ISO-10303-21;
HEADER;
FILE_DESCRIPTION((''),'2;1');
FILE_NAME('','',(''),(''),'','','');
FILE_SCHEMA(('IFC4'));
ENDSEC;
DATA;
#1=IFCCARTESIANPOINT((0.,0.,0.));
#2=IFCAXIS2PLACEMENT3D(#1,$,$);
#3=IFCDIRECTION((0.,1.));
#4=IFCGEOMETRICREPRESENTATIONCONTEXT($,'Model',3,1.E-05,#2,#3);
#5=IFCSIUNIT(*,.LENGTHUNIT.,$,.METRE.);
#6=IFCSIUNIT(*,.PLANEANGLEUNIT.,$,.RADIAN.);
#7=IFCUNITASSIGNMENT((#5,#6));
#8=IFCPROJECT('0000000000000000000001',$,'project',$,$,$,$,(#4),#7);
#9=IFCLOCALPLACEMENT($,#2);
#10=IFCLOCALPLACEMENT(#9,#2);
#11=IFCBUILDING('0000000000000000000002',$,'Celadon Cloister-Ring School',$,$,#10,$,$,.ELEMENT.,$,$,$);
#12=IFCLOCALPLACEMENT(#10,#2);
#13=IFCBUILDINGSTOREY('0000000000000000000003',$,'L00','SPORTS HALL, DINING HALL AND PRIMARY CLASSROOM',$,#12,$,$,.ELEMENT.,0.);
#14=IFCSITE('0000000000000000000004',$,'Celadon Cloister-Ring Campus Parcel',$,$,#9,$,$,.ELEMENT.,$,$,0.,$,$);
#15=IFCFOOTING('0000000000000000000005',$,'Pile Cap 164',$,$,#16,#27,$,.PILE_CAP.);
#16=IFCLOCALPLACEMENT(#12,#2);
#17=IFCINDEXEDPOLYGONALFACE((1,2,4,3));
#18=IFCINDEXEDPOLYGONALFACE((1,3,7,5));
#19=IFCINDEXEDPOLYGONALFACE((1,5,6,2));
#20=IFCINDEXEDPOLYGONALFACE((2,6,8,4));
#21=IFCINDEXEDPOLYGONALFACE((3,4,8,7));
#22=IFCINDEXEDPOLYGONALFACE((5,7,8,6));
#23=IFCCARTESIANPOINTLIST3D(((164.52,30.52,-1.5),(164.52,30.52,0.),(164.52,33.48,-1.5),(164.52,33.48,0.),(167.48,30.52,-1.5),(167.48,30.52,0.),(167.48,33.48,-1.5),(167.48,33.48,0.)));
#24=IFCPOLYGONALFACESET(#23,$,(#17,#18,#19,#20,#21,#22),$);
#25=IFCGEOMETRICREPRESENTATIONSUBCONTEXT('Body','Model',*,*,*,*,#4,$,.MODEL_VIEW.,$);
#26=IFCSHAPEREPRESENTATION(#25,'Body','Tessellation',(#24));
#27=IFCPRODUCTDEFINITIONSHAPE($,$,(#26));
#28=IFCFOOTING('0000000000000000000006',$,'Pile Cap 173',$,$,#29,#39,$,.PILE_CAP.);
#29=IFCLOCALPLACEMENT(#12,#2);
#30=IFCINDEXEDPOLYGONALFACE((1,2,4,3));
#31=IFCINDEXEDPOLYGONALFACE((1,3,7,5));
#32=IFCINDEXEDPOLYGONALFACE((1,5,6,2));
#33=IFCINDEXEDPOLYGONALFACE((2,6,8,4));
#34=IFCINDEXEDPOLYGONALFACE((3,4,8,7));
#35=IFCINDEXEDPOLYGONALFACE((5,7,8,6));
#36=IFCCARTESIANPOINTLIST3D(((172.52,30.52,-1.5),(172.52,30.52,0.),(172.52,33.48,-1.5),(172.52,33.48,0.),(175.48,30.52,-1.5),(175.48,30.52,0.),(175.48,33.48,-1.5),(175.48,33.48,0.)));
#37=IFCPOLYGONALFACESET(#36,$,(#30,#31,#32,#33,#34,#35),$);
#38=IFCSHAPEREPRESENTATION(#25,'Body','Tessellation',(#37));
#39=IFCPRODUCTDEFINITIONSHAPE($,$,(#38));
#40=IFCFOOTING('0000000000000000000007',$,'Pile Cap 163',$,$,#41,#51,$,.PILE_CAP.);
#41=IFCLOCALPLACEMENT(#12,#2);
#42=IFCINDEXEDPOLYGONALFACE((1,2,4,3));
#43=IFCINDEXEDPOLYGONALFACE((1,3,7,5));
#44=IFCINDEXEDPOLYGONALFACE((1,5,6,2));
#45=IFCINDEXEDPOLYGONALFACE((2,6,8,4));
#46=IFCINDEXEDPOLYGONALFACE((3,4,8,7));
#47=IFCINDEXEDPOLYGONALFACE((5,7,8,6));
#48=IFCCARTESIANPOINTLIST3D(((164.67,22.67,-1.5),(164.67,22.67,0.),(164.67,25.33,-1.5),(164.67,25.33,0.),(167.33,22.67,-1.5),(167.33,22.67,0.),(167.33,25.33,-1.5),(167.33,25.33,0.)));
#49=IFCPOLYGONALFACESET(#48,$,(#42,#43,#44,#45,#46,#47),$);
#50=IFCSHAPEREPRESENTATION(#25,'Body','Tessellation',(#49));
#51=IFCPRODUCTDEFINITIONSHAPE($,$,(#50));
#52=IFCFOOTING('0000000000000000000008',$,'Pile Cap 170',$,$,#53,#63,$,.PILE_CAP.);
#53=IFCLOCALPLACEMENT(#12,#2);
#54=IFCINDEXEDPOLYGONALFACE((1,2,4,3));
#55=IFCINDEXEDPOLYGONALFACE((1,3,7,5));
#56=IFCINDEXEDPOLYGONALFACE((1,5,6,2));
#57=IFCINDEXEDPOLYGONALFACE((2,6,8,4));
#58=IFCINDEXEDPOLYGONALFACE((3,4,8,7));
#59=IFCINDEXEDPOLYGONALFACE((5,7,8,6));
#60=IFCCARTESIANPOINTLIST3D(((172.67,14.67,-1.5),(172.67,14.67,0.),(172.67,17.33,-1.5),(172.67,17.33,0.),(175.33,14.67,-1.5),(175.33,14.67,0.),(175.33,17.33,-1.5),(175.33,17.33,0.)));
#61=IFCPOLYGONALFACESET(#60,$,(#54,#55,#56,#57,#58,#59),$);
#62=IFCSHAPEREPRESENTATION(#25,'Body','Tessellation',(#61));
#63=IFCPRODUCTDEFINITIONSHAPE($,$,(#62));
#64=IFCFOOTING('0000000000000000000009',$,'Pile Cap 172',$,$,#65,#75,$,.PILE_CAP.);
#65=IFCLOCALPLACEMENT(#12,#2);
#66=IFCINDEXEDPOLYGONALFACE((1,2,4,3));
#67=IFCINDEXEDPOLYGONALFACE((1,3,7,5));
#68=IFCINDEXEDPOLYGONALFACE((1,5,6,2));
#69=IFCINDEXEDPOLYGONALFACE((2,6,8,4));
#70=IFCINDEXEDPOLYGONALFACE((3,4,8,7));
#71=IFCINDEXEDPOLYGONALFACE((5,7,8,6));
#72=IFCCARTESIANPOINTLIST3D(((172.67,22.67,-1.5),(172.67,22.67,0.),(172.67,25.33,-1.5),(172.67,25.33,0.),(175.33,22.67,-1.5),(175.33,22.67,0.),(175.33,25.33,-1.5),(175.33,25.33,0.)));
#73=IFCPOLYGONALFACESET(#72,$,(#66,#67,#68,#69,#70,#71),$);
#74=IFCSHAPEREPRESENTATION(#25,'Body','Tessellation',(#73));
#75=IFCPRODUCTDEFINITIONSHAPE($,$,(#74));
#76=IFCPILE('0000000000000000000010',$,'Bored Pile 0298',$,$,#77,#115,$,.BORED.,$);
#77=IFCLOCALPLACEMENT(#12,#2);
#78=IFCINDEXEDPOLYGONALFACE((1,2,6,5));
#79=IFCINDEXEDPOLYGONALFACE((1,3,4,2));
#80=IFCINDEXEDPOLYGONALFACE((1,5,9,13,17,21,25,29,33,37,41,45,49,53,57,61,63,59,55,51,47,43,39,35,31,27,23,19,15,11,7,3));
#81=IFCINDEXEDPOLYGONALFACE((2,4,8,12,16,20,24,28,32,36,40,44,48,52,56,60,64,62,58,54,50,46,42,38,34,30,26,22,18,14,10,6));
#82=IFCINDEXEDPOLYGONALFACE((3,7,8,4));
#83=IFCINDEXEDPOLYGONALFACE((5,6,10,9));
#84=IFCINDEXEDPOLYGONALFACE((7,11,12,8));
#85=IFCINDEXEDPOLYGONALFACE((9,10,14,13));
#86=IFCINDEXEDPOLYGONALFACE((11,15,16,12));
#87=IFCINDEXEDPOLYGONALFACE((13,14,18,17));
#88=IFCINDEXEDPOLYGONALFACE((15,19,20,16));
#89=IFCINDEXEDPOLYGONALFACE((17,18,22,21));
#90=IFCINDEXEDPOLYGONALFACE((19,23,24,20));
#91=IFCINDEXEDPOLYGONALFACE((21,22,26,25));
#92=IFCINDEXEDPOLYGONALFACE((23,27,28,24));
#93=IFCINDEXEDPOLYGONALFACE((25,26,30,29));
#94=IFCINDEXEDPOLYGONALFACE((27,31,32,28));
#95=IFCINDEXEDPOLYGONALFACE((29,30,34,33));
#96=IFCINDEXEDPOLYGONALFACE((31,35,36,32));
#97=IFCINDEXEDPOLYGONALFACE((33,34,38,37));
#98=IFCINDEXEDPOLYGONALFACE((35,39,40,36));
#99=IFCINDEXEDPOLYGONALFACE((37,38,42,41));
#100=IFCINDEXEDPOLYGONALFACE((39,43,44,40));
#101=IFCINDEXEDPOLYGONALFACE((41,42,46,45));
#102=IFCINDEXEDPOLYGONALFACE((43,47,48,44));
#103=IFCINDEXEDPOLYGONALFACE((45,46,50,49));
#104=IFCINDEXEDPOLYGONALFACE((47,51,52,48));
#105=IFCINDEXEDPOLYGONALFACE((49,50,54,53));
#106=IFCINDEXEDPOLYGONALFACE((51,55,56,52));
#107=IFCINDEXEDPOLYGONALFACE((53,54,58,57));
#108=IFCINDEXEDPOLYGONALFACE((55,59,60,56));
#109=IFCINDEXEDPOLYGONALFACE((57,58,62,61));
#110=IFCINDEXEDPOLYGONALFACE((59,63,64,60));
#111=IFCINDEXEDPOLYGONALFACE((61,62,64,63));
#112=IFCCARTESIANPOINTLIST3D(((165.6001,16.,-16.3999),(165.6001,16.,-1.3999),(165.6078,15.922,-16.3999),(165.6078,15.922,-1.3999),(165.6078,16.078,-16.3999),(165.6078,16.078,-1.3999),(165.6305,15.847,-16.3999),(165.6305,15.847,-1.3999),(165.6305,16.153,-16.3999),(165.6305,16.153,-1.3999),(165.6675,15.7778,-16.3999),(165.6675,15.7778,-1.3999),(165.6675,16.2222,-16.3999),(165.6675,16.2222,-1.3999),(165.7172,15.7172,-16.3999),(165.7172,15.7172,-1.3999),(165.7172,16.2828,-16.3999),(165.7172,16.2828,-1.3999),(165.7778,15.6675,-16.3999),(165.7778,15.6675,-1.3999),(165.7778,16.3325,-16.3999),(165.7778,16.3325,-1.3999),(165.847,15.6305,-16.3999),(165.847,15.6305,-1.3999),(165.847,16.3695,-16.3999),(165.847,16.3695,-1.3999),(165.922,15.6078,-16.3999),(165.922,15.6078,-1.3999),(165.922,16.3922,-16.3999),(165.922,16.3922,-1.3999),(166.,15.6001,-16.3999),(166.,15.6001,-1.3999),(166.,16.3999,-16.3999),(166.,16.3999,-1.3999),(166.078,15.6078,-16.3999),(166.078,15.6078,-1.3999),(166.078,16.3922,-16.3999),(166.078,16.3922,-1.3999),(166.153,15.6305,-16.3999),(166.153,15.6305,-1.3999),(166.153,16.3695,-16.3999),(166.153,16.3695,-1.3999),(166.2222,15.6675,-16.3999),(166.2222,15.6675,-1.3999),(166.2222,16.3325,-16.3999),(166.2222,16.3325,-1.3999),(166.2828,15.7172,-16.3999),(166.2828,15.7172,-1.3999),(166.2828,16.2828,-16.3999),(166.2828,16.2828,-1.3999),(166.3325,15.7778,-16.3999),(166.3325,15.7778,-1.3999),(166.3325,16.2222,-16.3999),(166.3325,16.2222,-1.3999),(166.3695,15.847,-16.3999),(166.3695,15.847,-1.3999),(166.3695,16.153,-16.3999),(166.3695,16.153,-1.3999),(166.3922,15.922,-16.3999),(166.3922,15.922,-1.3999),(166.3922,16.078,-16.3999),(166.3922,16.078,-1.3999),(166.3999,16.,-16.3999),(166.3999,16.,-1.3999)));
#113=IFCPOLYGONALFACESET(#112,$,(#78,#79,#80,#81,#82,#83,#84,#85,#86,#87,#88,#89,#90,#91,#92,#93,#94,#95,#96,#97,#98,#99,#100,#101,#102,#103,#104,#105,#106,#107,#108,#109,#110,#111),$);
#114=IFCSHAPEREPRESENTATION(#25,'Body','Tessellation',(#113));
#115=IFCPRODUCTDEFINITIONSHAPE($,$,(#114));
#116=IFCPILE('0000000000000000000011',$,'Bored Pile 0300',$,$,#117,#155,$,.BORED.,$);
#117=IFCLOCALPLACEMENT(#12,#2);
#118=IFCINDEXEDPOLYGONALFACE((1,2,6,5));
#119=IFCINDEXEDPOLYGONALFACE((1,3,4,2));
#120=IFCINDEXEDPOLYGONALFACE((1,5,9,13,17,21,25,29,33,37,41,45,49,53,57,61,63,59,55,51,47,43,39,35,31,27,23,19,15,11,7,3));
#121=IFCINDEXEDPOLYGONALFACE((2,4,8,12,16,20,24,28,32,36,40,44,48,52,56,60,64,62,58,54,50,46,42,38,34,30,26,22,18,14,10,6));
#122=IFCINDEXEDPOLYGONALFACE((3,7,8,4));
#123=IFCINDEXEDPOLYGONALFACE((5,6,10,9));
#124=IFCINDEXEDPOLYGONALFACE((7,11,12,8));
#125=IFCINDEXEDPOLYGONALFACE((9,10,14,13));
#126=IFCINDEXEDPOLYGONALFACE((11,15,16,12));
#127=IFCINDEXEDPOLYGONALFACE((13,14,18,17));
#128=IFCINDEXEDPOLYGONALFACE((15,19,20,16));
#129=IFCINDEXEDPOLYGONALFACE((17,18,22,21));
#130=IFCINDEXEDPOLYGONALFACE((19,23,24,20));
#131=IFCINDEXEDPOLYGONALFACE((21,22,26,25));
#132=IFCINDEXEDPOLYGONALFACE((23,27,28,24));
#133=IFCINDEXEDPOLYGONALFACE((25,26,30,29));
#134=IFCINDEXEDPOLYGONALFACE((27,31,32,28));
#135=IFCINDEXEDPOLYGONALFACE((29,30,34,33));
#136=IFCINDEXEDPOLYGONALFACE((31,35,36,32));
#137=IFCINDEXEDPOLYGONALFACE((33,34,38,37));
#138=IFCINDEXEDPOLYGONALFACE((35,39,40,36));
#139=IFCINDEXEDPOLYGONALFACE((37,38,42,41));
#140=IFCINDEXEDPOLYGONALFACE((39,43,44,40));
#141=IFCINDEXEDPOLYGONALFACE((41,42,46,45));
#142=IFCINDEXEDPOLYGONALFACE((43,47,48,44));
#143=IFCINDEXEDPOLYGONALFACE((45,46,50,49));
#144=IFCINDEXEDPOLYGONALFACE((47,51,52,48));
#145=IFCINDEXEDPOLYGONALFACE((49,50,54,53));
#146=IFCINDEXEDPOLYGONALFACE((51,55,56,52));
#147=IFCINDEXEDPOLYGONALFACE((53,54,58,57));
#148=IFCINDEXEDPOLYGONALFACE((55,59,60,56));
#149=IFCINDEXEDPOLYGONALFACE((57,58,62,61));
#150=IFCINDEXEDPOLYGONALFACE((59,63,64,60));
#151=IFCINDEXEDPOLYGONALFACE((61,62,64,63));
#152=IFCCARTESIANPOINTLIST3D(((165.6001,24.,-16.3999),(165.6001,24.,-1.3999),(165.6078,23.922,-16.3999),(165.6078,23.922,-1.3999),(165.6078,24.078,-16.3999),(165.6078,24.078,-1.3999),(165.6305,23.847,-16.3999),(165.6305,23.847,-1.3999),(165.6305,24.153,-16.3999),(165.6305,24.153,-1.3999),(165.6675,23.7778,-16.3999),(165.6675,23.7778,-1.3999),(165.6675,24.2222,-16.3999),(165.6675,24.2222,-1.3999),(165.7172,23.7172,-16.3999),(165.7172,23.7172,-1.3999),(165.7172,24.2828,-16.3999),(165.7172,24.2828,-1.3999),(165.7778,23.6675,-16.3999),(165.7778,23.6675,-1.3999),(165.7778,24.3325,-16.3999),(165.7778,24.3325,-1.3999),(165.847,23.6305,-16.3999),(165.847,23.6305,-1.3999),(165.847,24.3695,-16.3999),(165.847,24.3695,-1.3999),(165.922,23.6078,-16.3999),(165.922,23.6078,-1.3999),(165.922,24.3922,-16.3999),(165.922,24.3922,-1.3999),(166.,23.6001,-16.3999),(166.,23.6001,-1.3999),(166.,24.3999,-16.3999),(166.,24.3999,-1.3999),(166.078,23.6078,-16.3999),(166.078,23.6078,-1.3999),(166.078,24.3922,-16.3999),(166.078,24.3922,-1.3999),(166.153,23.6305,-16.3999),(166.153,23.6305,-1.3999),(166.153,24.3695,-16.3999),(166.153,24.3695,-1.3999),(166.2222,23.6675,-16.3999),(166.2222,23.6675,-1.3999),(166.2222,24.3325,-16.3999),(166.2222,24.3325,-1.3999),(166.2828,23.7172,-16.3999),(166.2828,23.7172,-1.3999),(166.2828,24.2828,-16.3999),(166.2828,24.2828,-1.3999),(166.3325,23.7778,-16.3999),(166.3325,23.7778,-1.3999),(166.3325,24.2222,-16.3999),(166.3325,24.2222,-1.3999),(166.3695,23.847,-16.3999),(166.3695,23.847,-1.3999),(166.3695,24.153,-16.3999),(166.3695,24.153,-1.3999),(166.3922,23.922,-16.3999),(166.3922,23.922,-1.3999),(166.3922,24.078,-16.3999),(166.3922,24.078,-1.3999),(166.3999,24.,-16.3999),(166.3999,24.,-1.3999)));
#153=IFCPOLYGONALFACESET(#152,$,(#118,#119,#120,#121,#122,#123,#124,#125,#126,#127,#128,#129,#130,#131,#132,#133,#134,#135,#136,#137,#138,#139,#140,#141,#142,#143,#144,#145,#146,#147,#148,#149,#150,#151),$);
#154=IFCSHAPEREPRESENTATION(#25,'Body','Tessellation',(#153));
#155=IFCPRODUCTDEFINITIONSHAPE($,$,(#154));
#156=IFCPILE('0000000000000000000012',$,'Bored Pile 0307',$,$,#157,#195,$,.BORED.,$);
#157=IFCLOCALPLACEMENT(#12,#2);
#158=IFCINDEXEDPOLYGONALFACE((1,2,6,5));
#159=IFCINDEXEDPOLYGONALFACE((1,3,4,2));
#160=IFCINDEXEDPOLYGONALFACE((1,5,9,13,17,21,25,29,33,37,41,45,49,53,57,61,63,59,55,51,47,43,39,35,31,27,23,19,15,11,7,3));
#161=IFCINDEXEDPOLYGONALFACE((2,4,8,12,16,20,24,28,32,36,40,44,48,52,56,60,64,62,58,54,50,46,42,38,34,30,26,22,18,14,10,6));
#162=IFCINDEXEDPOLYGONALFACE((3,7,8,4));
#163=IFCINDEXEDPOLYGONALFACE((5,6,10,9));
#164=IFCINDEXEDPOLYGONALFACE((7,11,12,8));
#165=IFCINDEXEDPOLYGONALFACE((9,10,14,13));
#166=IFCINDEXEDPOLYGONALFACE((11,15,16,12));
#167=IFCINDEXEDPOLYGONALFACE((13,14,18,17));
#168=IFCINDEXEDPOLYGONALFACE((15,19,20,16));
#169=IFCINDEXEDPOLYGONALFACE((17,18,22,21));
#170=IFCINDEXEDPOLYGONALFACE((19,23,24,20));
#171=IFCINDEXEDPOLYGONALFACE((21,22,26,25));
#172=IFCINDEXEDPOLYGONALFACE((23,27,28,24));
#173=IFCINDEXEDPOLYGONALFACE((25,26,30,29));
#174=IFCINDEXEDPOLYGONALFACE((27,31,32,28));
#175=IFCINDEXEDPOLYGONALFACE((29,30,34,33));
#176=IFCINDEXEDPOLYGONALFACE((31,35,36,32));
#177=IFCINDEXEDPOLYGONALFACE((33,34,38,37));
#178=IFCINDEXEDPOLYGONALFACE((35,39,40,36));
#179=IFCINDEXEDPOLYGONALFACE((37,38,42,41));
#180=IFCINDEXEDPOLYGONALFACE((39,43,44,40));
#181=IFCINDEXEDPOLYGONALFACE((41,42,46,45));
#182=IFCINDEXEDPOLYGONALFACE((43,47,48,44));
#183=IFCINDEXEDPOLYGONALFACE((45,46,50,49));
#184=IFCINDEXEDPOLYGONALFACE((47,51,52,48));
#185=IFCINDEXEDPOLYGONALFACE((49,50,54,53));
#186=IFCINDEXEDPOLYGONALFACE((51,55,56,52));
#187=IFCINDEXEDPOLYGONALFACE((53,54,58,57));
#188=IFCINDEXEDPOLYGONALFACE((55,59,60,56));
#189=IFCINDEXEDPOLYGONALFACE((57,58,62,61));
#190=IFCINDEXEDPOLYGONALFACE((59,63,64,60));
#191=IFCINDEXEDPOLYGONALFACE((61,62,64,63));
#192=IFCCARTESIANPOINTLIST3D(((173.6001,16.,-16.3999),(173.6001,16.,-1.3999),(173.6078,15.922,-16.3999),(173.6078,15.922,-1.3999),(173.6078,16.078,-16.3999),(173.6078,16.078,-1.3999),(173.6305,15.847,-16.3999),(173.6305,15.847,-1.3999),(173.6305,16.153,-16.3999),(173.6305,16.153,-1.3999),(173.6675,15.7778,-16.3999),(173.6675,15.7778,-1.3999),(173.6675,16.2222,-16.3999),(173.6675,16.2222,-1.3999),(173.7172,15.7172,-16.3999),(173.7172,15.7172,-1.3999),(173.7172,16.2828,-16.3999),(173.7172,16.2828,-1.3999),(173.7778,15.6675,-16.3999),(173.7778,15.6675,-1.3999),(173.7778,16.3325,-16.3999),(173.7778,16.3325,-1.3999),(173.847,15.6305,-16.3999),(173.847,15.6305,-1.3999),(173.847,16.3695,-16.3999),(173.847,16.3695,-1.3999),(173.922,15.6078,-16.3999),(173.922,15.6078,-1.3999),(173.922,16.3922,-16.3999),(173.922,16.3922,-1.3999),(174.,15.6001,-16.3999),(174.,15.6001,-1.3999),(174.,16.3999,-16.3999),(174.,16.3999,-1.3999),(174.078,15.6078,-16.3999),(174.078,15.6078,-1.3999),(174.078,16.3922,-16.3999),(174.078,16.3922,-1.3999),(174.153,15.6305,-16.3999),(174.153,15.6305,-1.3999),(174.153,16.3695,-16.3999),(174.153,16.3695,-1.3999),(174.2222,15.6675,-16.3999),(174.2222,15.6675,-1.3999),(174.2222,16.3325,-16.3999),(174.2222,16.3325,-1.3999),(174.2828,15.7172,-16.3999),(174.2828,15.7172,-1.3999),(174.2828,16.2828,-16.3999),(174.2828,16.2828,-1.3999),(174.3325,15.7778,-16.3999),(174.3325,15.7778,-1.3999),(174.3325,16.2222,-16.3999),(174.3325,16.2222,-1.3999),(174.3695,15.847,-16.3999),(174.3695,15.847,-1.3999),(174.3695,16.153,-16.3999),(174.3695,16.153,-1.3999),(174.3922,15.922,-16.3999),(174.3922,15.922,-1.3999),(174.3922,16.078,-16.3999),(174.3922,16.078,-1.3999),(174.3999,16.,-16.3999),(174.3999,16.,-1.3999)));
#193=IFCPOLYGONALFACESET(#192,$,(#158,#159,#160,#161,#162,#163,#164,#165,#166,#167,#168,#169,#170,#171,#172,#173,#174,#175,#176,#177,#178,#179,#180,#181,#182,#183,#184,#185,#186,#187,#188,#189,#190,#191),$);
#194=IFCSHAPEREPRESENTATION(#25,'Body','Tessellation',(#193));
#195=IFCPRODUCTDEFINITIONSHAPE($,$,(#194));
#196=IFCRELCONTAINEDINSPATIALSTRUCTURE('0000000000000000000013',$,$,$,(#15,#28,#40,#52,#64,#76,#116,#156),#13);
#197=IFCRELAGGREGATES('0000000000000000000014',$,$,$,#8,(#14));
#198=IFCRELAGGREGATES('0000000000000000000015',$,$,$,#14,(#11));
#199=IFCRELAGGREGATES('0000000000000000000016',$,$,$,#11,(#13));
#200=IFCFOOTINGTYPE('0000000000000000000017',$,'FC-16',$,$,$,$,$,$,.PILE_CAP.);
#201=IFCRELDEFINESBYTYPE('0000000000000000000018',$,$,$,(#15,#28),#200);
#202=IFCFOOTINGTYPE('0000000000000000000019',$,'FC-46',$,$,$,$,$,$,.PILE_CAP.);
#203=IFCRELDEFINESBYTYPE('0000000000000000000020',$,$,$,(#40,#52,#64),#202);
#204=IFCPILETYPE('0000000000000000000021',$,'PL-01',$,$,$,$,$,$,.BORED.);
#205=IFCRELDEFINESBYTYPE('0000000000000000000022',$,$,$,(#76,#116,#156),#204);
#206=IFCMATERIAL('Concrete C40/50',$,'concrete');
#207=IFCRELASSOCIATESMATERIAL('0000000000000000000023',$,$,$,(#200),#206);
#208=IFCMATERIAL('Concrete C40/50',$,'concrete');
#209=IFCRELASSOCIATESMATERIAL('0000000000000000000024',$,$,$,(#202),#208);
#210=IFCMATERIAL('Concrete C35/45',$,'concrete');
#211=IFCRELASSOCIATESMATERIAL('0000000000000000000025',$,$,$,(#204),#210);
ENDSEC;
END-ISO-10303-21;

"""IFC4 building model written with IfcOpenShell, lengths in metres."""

from ifc_helpers import new_model, si_unit, direction, frame, origin, origin_2d, place, context, subcontext, project, spatial, rectangle, circle, extrude, material, material_profile, profile_set, type_object, element, save


model = new_model("IFC4")

# Units and contexts
model_context = context("Model", 3, precision=1e-05, world=origin(), true_north=direction((0.0, 1.0)))
body_context = subcontext(model_context, "Body", "Model", "MODEL_VIEW")
ifc_project = project(units=[si_unit("LENGTHUNIT", "METRE"), si_unit("PLANEANGLEUNIT", "RADIAN")], contexts=[model_context])

# Site, building, storey
site_placement = place(None, origin())
site = spatial("IfcSite", under=ifc_project, at=site_placement, Name="Celadon Cloister-Ring Campus Parcel", CompositionType="ELEMENT", RefElevation=0.0)
building_placement = place(site_placement, origin())
building = spatial("IfcBuilding", under=site, at=building_placement, Name="Celadon Cloister-Ring School", CompositionType="ELEMENT")
storey_placement = place(building_placement, origin())
storey = spatial("IfcBuildingStorey", under=building, at=storey_placement, Name="L00", Description="SPORTS HALL, DINING HALL AND PRIMARY CLASSROOM", CompositionType="ELEMENT", Elevation=0.0)

# Footings
ifc_material_1 = material(Name="Concrete C40/50", Category="concrete")
footing_type_1 = type_object("IfcFootingType", Name="FC-16", PredefinedType="PILE_CAP", material=ifc_material_1)
for number, where, z_axis, x_axis, name in (
    (1, (166.0, 32.0, -1.5), (0.0, 0.0, 1.0), (1.0, 0.0, 0.0), "Pile Cap 164"),
    (2, (174.0, 32.0, -1.5), (0.0, 0.0, 1.0), (1.0, 0.0, 0.0), "Pile Cap 173"),
):
    element("IfcFooting", number, at=place(storey_placement, frame(where, z_axis=z_axis, x_axis=x_axis)), inside=storey, type_object=footing_type_1, Name=name, PredefinedType="PILE_CAP", context=body_context, shape_type="SweptSolid", body=[
        extrude(rectangle(XDim=2.96, YDim=2.96, at=origin_2d()), origin(), (0.0, 0.0, 1.0), 1.5),
    ])
ifc_material_2 = material(Name="Concrete C40/50", Category="concrete")
footing_type_2 = type_object("IfcFootingType", Name="FC-46", PredefinedType="PILE_CAP", material=ifc_material_2)
for number, where, z_axis, x_axis, name in (
    (3, (166.0, 24.0, -1.5), (0.0, 0.0, 1.0), (1.0, 0.0, 0.0), "Pile Cap 163"),
    (4, (174.0, 16.0, -1.5), (0.0, 0.0, 1.0), (1.0, 0.0, 0.0), "Pile Cap 170"),
    (5, (174.0, 24.0, -1.5), (0.0, 0.0, 1.0), (1.0, 0.0, 0.0), "Pile Cap 172"),
):
    element("IfcFooting", number, at=place(storey_placement, frame(where, z_axis=z_axis, x_axis=x_axis)), inside=storey, type_object=footing_type_2, Name=name, PredefinedType="PILE_CAP", context=body_context, shape_type="SweptSolid", body=[
        extrude(rectangle(XDim=2.6599, YDim=2.6599, at=origin_2d()), origin(), (0.0, 0.0, 1.0), 1.5),
    ])

# Piles
ifc_material_3 = material(Name="Concrete C35/45", Category="concrete")
ifc_material_profile_1 = material_profile(ifc_material_3, circle(Radius=0.3999, at=origin_2d()), Name="PILE800")
ifc_profile_set_1 = profile_set([ifc_material_profile_1], Name="Concrete C35/45")
pile_type_1 = type_object("IfcPileType", Name="PL-01", PredefinedType="BORED", material=ifc_profile_set_1)
for number, where, z_axis, x_axis, name in (
    (6, (166.0, 16.0, -1.3999), (0.0, 0.0, -1.0), (1.0, 0.0, 0.0), "Bored Pile 0298"),
    (7, (166.0, 24.0, -1.3999), (0.0, 0.0, -1.0), (1.0, 0.0, 0.0), "Bored Pile 0300"),
    (8, (174.0, 16.0, -1.3999), (0.0, 0.0, -1.0), (1.0, 0.0, 0.0), "Bored Pile 0307"),
):
    element("IfcPile", number, at=place(storey_placement, frame(where, z_axis=z_axis, x_axis=x_axis)), inside=storey, type_object=pile_type_1, Name=name, PredefinedType="BORED", context=body_context, shape_type="SweptSolid", body=[
        extrude(circle(Radius=0.3999, at=origin_2d()), origin(), (0.0, 0.0, 1.0), 15.0),
    ])

save(model, "model.ifc")
